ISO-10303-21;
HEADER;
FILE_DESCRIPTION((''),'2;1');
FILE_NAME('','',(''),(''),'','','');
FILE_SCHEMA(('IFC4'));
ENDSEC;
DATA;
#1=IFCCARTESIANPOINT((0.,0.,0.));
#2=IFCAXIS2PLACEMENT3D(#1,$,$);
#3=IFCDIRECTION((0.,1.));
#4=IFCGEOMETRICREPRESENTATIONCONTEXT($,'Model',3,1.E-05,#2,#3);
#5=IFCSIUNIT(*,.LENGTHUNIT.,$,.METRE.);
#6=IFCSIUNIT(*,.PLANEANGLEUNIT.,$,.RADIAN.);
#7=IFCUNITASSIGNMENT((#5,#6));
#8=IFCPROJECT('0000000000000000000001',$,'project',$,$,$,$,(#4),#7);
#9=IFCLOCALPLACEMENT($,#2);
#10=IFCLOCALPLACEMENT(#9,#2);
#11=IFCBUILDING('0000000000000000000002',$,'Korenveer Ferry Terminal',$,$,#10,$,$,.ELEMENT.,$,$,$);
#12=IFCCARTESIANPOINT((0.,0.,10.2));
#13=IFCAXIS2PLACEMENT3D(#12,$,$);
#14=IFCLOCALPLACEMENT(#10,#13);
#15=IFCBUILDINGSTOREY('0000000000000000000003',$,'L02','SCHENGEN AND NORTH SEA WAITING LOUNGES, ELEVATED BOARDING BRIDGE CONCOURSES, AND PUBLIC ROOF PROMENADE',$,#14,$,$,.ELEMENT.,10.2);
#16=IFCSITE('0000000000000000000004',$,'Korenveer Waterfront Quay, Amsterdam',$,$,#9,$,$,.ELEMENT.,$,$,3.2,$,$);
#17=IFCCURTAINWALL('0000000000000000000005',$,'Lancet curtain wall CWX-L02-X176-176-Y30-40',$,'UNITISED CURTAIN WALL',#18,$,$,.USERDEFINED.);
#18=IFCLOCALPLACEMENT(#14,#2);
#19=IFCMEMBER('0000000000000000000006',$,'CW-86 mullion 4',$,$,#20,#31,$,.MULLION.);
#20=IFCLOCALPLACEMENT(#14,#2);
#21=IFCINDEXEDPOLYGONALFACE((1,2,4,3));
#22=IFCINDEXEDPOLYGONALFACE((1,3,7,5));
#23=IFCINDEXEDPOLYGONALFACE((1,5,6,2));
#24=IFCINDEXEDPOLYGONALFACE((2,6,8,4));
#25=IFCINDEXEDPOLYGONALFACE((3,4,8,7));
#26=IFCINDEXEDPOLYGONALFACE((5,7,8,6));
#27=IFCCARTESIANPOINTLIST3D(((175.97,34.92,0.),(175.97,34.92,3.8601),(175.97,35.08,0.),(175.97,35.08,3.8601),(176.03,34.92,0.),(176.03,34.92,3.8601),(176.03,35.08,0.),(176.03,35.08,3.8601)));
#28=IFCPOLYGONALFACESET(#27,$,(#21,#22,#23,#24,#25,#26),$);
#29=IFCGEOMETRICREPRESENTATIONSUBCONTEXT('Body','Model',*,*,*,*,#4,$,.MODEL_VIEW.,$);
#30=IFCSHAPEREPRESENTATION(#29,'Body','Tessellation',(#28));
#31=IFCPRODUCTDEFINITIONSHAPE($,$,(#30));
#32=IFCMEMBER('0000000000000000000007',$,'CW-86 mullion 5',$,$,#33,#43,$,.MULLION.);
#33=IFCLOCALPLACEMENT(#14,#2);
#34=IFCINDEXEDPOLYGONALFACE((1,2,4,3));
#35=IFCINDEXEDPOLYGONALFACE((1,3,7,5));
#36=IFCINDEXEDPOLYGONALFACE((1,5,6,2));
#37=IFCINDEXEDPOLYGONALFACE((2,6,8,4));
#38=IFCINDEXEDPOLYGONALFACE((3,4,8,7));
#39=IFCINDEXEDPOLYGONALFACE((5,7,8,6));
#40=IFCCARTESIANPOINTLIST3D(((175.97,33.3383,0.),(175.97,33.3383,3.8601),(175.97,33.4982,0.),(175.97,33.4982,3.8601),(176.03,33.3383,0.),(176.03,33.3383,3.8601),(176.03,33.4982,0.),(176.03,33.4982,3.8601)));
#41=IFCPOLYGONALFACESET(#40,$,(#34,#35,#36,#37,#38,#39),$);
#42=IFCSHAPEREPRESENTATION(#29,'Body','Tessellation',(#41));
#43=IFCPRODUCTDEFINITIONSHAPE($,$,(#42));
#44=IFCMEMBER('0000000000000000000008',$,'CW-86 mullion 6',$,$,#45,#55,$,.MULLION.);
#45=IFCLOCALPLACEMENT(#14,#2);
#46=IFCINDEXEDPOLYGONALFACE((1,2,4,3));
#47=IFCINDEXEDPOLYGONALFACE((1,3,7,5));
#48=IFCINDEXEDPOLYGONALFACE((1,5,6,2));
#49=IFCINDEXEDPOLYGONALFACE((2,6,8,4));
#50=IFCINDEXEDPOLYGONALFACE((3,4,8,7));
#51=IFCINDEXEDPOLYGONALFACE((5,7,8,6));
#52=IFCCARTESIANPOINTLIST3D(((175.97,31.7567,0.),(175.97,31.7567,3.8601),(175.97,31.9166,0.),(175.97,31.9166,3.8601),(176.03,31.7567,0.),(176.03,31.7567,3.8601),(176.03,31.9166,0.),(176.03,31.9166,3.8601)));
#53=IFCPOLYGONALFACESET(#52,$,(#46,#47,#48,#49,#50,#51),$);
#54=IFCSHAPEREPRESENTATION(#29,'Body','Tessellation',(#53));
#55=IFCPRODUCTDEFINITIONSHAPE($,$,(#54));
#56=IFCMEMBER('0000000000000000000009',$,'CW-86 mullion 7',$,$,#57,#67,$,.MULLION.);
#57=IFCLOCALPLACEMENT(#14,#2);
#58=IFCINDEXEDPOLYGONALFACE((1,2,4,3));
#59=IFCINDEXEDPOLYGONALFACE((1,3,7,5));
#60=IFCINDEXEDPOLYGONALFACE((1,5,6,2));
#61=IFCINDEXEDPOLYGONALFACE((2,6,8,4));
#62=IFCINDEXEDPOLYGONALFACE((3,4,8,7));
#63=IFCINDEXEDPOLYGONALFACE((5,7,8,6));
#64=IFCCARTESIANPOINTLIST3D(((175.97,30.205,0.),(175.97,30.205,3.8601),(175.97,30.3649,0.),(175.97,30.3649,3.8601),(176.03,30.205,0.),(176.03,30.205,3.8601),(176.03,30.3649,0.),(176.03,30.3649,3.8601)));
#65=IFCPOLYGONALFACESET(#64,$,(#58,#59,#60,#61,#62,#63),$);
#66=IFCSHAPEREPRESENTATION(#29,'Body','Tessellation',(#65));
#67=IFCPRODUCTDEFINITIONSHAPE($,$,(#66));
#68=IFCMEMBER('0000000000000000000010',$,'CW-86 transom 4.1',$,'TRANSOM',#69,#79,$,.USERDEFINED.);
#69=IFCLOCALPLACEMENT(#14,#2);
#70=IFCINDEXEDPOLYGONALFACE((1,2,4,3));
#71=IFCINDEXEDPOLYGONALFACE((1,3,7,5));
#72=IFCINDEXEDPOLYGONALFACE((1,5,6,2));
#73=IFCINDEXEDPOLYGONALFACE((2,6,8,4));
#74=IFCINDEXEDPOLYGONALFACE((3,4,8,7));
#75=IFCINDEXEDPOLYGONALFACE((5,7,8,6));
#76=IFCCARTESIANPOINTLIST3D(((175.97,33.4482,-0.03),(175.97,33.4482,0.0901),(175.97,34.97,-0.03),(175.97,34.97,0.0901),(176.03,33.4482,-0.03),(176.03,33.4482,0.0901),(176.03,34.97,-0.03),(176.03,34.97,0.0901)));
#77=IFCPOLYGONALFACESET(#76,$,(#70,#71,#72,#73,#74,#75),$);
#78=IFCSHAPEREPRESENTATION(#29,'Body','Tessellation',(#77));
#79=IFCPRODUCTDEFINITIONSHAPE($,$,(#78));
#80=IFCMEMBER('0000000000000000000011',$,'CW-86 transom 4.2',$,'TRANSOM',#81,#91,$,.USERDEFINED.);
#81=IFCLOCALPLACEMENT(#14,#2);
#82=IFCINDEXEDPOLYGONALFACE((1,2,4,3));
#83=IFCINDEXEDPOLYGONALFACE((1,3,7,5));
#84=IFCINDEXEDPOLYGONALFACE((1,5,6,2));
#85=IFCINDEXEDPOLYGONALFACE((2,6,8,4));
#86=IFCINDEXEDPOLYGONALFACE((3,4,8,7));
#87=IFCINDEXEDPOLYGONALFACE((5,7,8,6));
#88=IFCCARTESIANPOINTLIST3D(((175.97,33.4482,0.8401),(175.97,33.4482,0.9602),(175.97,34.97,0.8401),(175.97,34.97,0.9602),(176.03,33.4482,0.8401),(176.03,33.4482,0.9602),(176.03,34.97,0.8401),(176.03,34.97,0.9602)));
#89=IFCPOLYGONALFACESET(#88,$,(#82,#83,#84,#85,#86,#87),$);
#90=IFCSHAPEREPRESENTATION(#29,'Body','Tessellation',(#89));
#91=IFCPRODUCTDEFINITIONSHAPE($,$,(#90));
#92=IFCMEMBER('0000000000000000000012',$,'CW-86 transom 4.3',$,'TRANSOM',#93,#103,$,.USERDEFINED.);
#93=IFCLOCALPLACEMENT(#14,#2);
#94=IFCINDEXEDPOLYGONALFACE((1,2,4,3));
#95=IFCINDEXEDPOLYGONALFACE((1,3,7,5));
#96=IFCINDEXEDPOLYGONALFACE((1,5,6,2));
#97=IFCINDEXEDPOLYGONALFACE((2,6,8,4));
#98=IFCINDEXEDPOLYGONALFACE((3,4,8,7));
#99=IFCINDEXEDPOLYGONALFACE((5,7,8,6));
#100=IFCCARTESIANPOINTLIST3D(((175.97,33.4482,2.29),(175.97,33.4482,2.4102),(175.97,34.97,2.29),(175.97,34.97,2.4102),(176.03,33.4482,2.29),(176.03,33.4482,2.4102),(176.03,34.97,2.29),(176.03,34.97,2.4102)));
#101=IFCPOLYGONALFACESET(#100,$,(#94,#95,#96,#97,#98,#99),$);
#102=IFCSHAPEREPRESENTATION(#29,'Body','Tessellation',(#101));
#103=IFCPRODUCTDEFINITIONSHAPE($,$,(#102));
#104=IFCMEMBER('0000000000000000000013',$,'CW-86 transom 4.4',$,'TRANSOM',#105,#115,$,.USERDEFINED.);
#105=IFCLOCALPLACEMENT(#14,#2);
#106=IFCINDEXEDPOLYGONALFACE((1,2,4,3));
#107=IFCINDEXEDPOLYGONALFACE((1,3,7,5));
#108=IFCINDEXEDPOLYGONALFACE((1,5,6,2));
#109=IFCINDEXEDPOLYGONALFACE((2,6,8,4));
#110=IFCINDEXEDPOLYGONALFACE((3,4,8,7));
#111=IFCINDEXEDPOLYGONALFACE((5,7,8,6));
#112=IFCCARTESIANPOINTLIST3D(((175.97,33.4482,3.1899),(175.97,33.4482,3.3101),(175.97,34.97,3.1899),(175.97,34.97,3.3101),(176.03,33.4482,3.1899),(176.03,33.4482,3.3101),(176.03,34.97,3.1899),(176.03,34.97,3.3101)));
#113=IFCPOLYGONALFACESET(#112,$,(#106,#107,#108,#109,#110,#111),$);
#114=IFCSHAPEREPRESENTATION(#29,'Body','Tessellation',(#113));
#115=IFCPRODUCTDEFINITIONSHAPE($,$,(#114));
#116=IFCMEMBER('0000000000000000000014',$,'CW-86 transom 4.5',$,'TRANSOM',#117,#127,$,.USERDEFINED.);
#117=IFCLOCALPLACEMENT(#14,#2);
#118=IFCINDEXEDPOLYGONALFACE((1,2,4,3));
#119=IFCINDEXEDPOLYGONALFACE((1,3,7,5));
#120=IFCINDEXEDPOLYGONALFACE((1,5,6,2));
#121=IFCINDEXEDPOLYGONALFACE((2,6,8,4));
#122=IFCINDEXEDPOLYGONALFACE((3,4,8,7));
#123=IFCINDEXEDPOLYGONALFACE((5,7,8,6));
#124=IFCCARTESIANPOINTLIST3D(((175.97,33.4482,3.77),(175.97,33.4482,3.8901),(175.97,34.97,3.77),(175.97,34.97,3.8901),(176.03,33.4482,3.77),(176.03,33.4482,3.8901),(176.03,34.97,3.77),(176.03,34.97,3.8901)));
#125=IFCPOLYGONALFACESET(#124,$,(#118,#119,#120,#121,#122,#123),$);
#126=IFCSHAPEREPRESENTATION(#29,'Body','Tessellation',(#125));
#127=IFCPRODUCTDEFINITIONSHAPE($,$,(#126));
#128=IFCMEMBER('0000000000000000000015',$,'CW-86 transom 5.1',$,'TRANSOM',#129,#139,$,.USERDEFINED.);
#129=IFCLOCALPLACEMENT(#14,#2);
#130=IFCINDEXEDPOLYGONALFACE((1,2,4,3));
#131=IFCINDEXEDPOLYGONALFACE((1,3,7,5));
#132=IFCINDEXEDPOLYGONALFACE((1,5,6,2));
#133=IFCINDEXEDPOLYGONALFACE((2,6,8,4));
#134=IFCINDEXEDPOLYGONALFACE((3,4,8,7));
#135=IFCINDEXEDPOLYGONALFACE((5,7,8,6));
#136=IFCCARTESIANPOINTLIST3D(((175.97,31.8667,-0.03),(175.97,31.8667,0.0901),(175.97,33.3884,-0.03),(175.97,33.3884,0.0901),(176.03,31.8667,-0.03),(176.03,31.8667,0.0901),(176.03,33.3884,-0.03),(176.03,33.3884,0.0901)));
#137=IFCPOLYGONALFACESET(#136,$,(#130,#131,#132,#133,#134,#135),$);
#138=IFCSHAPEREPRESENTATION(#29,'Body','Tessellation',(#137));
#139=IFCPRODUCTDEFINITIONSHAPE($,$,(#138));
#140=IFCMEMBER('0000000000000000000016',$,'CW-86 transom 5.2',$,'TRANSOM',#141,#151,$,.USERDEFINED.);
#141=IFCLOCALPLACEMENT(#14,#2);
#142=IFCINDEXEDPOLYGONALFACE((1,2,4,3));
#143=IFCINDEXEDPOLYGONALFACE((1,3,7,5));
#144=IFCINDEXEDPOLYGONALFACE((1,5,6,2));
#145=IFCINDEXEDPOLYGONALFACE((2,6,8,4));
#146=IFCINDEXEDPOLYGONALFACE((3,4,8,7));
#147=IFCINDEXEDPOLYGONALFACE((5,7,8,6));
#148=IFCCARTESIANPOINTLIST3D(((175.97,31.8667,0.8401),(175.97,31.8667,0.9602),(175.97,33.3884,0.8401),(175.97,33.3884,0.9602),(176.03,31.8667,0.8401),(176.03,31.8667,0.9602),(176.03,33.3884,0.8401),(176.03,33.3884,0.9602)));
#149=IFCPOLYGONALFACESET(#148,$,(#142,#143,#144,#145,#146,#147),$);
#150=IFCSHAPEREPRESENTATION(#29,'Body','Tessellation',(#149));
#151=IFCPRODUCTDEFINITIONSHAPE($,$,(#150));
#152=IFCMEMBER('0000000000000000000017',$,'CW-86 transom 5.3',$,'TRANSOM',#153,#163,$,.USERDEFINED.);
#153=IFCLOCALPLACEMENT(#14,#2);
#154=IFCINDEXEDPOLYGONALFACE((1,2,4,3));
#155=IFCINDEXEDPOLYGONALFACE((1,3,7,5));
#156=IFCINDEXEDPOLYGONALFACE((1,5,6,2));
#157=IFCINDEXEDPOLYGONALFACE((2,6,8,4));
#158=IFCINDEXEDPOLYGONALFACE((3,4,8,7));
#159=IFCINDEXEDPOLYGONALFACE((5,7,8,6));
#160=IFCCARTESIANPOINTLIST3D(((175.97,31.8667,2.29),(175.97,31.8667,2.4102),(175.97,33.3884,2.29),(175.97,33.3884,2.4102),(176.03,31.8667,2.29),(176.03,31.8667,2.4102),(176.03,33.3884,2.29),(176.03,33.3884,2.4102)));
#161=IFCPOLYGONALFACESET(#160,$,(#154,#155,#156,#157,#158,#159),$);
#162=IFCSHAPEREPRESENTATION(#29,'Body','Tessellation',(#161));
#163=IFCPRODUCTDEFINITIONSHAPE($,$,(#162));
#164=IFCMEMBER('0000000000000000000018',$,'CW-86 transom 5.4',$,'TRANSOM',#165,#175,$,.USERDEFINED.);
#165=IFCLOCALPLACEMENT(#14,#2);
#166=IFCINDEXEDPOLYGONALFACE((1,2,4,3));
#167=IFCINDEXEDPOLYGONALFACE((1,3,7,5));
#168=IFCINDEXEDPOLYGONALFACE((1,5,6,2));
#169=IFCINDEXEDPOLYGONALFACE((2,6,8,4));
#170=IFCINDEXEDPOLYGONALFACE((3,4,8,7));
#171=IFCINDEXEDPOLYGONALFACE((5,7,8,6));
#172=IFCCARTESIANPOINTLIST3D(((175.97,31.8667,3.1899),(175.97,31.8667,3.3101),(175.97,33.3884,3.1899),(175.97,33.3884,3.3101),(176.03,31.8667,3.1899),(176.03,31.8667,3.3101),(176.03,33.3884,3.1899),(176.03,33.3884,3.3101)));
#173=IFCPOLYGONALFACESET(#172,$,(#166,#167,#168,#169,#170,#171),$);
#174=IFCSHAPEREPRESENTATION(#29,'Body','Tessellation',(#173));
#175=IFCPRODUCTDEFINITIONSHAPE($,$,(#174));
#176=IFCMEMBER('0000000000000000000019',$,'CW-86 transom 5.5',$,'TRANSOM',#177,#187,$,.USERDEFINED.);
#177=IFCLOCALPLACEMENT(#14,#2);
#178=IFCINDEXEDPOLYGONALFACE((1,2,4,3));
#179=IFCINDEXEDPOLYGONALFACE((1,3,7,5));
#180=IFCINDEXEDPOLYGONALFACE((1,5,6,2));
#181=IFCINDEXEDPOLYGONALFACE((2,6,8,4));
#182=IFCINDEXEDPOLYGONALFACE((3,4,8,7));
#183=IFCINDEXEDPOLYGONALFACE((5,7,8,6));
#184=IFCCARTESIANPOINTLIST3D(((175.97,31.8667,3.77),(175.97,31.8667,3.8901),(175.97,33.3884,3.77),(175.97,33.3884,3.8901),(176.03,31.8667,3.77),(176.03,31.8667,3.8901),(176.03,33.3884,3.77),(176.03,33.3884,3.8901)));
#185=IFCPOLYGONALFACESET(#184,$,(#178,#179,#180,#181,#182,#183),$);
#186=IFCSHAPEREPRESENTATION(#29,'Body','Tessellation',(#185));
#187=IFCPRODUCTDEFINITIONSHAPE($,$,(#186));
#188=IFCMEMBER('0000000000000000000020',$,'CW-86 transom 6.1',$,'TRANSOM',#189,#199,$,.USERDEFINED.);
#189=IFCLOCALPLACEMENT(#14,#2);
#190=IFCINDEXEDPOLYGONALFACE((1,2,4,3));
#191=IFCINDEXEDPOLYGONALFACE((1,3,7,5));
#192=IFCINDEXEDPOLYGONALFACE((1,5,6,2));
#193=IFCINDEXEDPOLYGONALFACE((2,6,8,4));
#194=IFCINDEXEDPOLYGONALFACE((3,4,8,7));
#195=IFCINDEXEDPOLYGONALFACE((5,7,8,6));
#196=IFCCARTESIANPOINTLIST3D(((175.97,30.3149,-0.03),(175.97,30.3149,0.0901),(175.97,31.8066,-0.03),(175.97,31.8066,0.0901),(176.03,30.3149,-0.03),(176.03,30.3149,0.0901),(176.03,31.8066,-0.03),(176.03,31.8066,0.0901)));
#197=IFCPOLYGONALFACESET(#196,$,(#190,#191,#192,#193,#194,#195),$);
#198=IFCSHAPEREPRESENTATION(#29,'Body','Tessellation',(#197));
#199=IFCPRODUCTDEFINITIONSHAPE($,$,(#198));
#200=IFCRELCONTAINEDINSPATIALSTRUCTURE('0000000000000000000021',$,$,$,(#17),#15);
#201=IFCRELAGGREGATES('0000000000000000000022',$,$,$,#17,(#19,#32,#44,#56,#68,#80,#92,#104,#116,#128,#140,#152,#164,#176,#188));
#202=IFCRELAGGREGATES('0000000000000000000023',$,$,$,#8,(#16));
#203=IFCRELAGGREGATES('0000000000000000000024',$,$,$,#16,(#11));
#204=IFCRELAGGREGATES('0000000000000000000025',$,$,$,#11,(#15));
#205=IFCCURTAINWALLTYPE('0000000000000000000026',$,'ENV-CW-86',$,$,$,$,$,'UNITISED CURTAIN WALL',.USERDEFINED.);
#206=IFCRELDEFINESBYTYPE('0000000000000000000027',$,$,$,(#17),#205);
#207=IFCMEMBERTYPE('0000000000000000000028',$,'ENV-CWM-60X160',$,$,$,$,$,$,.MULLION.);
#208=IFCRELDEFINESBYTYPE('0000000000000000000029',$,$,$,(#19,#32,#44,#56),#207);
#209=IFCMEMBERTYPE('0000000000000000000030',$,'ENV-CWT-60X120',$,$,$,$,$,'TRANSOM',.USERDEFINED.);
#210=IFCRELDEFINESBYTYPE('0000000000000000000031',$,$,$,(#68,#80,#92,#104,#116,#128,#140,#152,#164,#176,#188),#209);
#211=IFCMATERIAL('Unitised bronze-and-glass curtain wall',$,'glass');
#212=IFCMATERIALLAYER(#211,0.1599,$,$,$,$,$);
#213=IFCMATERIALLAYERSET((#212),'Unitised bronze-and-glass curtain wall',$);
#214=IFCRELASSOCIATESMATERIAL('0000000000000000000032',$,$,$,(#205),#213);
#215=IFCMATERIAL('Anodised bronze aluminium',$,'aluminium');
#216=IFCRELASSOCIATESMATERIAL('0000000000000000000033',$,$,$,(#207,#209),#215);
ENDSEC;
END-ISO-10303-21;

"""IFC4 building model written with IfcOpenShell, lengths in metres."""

from ifc_helpers import new_model, si_unit, direction, frame, origin, origin_2d, place, context, subcontext, project, spatial, rectangle, extrude, material, layer, layer_set, material_profile, profile_set, type_object, element, aggregate, save


model = new_model("IFC4")

# Units and contexts
model_context = context("Model", 3, precision=1e-05, world=origin(), true_north=direction((0.0, 1.0)))
body_context = subcontext(model_context, "Body", "Model", "MODEL_VIEW")
ifc_project = project(units=[si_unit("LENGTHUNIT", "METRE"), si_unit("PLANEANGLEUNIT", "RADIAN")], contexts=[model_context])

# Site, building, storey
site_placement = place(None, origin())
site = spatial("IfcSite", under=ifc_project, at=site_placement, Name="Korenveer Waterfront Quay, Amsterdam", CompositionType="ELEMENT", RefElevation=3.2)
building_placement = place(site_placement, origin())
building = spatial("IfcBuilding", under=site, at=building_placement, Name="Korenveer Ferry Terminal", CompositionType="ELEMENT")
storey_placement = place(building_placement, frame((0.0, 0.0, 10.2)))
storey = spatial("IfcBuildingStorey", under=building, at=storey_placement, Name="L02", Description="SCHENGEN AND NORTH SEA WAITING LOUNGES, ELEVATED BOARDING BRIDGE CONCOURSES, AND PUBLIC ROOF PROMENADE", CompositionType="ELEMENT", Elevation=10.2)

# Curtain wall, members
ifc_material_1 = material(Name="Unitised bronze-and-glass curtain wall", Category="glass")
ifc_layer_1 = layer(ifc_material_1, 0.1599)
ifc_layer_set_1 = layer_set([ifc_layer_1], Name="Unitised bronze-and-glass curtain wall")
curtain_wall_type = type_object("IfcCurtainWallType", Name="ENV-CW-86", ElementType="UNITISED CURTAIN WALL", PredefinedType="USERDEFINED", material=ifc_layer_set_1)
curtain_wall_placement = place(storey_placement, frame((176.0, 39.7451, 0.0)))
curtain_wall = element("IfcCurtainWall", 1, at=curtain_wall_placement, inside=storey, type_object=curtain_wall_type, Name="Lancet curtain wall CWX-L02-X176-176-Y30-40", ObjectType="UNITISED CURTAIN WALL", PredefinedType="USERDEFINED")
ifc_material_2 = material(Name="Anodised bronze aluminium", Category="aluminium")
ifc_material_profile_1 = material_profile(ifc_material_2, rectangle(XDim=0.0601, YDim=0.1599, at=origin_2d()), Name="ALU 60x160")
ifc_profile_set_1 = profile_set([ifc_material_profile_1], Name="Anodised bronze aluminium")
member_type_1 = type_object("IfcMemberType", Name="ENV-CWM-60X160", PredefinedType="MULLION", material=ifc_profile_set_1)
member_1_placement = place(storey_placement, frame((176.0, 35.0, 0.0), z_axis=(0.0, 0.0, 1.0), x_axis=(1.0, 0.0, 0.0)))
member_1 = element("IfcMember", 2, at=member_1_placement, type_object=member_type_1, Name="CW-86 mullion 4", PredefinedType="MULLION", context=body_context, shape_type="SweptSolid", body=[
    extrude(rectangle(XDim=0.0601, YDim=0.1599, at=origin_2d()), origin(), (0.0, 0.0, 1.0), 3.8601),
])
member_2_placement = place(storey_placement, frame((176.0, 33.4182, 0.0), z_axis=(0.0, 0.0, 1.0), x_axis=(1.0, 0.0, 0.0)))
member_2 = element("IfcMember", 3, at=member_2_placement, type_object=member_type_1, Name="CW-86 mullion 5", PredefinedType="MULLION", context=body_context, shape_type="SweptSolid", body=[
    extrude(rectangle(XDim=0.0601, YDim=0.1599, at=origin_2d()), origin(), (0.0, 0.0, 1.0), 3.8601),
])
member_3_placement = place(storey_placement, frame((176.0, 31.8367, 0.0), z_axis=(0.0, 0.0, 1.0), x_axis=(1.0, 0.0, 0.0)))
member_3 = element("IfcMember", 4, at=member_3_placement, type_object=member_type_1, Name="CW-86 mullion 6", PredefinedType="MULLION", context=body_context, shape_type="SweptSolid", body=[
    extrude(rectangle(XDim=0.0601, YDim=0.1599, at=origin_2d()), origin(), (0.0, 0.0, 1.0), 3.8601),
])
member_4_placement = place(storey_placement, frame((176.0, 30.2849, 0.0), z_axis=(0.0, 0.0, 1.0), x_axis=(1.0, 0.0, 0.0)))
member_4 = element("IfcMember", 5, at=member_4_placement, type_object=member_type_1, Name="CW-86 mullion 7", PredefinedType="MULLION", context=body_context, shape_type="SweptSolid", body=[
    extrude(rectangle(XDim=0.0601, YDim=0.1599, at=origin_2d()), origin(), (0.0, 0.0, 1.0), 3.8601),
])
ifc_material_profile_2 = material_profile(ifc_material_2, rectangle(XDim=0.0601, YDim=0.1201, at=origin_2d()), Name="ALU 60x120")
ifc_profile_set_2 = profile_set([ifc_material_profile_2], Name="Anodised bronze aluminium")
member_type_2 = type_object("IfcMemberType", Name="ENV-CWT-60X120", ElementType="TRANSOM", PredefinedType="USERDEFINED", material=ifc_profile_set_2)
member_5_placement = place(storey_placement, frame((176.0, 34.97, 0.03), z_axis=(0.0, -1.0, 0.0), x_axis=(1.0, 0.0, 0.0)))
member_5 = element("IfcMember", 6, at=member_5_placement, type_object=member_type_2, Name="CW-86 transom 4.1", ObjectType="TRANSOM", PredefinedType="USERDEFINED", context=body_context, shape_type="SweptSolid", body=[
    extrude(rectangle(XDim=0.0601, YDim=0.1201, at=origin_2d()), origin(), (0.0, 0.0, 1.0), 1.5217),
])
member_6_placement = place(storey_placement, frame((176.0, 34.97, 0.9001), z_axis=(0.0, -1.0, 0.0), x_axis=(1.0, 0.0, 0.0)))
member_6 = element("IfcMember", 7, at=member_6_placement, type_object=member_type_2, Name="CW-86 transom 4.2", ObjectType="TRANSOM", PredefinedType="USERDEFINED", context=body_context, shape_type="SweptSolid", body=[
    extrude(rectangle(XDim=0.0601, YDim=0.1201, at=origin_2d()), origin(), (0.0, 0.0, 1.0), 1.5217),
])
member_7_placement = place(storey_placement, frame((176.0, 34.97, 2.3501), z_axis=(0.0, -1.0, 0.0), x_axis=(1.0, 0.0, 0.0)))
member_7 = element("IfcMember", 8, at=member_7_placement, type_object=member_type_2, Name="CW-86 transom 4.3", ObjectType="TRANSOM", PredefinedType="USERDEFINED", context=body_context, shape_type="SweptSolid", body=[
    extrude(rectangle(XDim=0.0601, YDim=0.1201, at=origin_2d()), origin(), (0.0, 0.0, 1.0), 1.5217),
])
member_8_placement = place(storey_placement, frame((176.0, 34.97, 3.25), z_axis=(0.0, -1.0, 0.0), x_axis=(1.0, 0.0, 0.0)))
member_8 = element("IfcMember", 9, at=member_8_placement, type_object=member_type_2, Name="CW-86 transom 4.4", ObjectType="TRANSOM", PredefinedType="USERDEFINED", context=body_context, shape_type="SweptSolid", body=[
    extrude(rectangle(XDim=0.0601, YDim=0.1201, at=origin_2d()), origin(), (0.0, 0.0, 1.0), 1.5217),
])
member_9_placement = place(storey_placement, frame((176.0, 34.97, 3.8301), z_axis=(0.0, -1.0, 0.0), x_axis=(1.0, 0.0, 0.0)))
member_9 = element("IfcMember", 10, at=member_9_placement, type_object=member_type_2, Name="CW-86 transom 4.5", ObjectType="TRANSOM", PredefinedType="USERDEFINED", context=body_context, shape_type="SweptSolid", body=[
    extrude(rectangle(XDim=0.0601, YDim=0.1201, at=origin_2d()), origin(), (0.0, 0.0, 1.0), 1.5217),
])
member_10_placement = place(storey_placement, frame((176.0, 33.3884, 0.03), z_axis=(0.0, -1.0, 0.0), x_axis=(1.0, 0.0, 0.0)))
member_10 = element("IfcMember", 11, at=member_10_placement, type_object=member_type_2, Name="CW-86 transom 5.1", ObjectType="TRANSOM", PredefinedType="USERDEFINED", context=body_context, shape_type="SweptSolid", body=[
    extrude(rectangle(XDim=0.0601, YDim=0.1201, at=origin_2d()), origin(), (0.0, 0.0, 1.0), 1.5217),
])
member_11_placement = place(storey_placement, frame((176.0, 33.3884, 0.9001), z_axis=(0.0, -1.0, 0.0), x_axis=(1.0, 0.0, 0.0)))
member_11 = element("IfcMember", 12, at=member_11_placement, type_object=member_type_2, Name="CW-86 transom 5.2", ObjectType="TRANSOM", PredefinedType="USERDEFINED", context=body_context, shape_type="SweptSolid", body=[
    extrude(rectangle(XDim=0.0601, YDim=0.1201, at=origin_2d()), origin(), (0.0, 0.0, 1.0), 1.5217),
])
member_12_placement = place(storey_placement, frame((176.0, 33.3884, 2.3501), z_axis=(0.0, -1.0, 0.0), x_axis=(1.0, 0.0, 0.0)))
member_12 = element("IfcMember", 13, at=member_12_placement, type_object=member_type_2, Name="CW-86 transom 5.3", ObjectType="TRANSOM", PredefinedType="USERDEFINED", context=body_context, shape_type="SweptSolid", body=[
    extrude(rectangle(XDim=0.0601, YDim=0.1201, at=origin_2d()), origin(), (0.0, 0.0, 1.0), 1.5217),
])
member_13_placement = place(storey_placement, frame((176.0, 33.3884, 3.25), z_axis=(0.0, -1.0, 0.0), x_axis=(1.0, 0.0, 0.0)))
member_13 = element("IfcMember", 14, at=member_13_placement, type_object=member_type_2, Name="CW-86 transom 5.4", ObjectType="TRANSOM", PredefinedType="USERDEFINED", context=body_context, shape_type="SweptSolid", body=[
    extrude(rectangle(XDim=0.0601, YDim=0.1201, at=origin_2d()), origin(), (0.0, 0.0, 1.0), 1.5217),
])
member_14_placement = place(storey_placement, frame((176.0, 33.3884, 3.8301), z_axis=(0.0, -1.0, 0.0), x_axis=(1.0, 0.0, 0.0)))
member_14 = element("IfcMember", 15, at=member_14_placement, type_object=member_type_2, Name="CW-86 transom 5.5", ObjectType="TRANSOM", PredefinedType="USERDEFINED", context=body_context, shape_type="SweptSolid", body=[
    extrude(rectangle(XDim=0.0601, YDim=0.1201, at=origin_2d()), origin(), (0.0, 0.0, 1.0), 1.5217),
])
member_15_placement = place(storey_placement, frame((176.0, 31.8066, 0.03), z_axis=(0.0, -1.0, 0.0), x_axis=(1.0, 0.0, 0.0)))
member_15 = element("IfcMember", 16, at=member_15_placement, type_object=member_type_2, Name="CW-86 transom 6.1", ObjectType="TRANSOM", PredefinedType="USERDEFINED", context=body_context, shape_type="SweptSolid", body=[
    extrude(rectangle(XDim=0.0601, YDim=0.1201, at=origin_2d()), origin(), (0.0, 0.0, 1.0), 1.4917),
])
aggregate(curtain_wall, [member_1, member_2, member_3, member_4, member_5, member_6, member_7, member_8, member_9, member_10, member_11, member_12, member_13, member_14, member_15])

save(model, "model.ifc")
